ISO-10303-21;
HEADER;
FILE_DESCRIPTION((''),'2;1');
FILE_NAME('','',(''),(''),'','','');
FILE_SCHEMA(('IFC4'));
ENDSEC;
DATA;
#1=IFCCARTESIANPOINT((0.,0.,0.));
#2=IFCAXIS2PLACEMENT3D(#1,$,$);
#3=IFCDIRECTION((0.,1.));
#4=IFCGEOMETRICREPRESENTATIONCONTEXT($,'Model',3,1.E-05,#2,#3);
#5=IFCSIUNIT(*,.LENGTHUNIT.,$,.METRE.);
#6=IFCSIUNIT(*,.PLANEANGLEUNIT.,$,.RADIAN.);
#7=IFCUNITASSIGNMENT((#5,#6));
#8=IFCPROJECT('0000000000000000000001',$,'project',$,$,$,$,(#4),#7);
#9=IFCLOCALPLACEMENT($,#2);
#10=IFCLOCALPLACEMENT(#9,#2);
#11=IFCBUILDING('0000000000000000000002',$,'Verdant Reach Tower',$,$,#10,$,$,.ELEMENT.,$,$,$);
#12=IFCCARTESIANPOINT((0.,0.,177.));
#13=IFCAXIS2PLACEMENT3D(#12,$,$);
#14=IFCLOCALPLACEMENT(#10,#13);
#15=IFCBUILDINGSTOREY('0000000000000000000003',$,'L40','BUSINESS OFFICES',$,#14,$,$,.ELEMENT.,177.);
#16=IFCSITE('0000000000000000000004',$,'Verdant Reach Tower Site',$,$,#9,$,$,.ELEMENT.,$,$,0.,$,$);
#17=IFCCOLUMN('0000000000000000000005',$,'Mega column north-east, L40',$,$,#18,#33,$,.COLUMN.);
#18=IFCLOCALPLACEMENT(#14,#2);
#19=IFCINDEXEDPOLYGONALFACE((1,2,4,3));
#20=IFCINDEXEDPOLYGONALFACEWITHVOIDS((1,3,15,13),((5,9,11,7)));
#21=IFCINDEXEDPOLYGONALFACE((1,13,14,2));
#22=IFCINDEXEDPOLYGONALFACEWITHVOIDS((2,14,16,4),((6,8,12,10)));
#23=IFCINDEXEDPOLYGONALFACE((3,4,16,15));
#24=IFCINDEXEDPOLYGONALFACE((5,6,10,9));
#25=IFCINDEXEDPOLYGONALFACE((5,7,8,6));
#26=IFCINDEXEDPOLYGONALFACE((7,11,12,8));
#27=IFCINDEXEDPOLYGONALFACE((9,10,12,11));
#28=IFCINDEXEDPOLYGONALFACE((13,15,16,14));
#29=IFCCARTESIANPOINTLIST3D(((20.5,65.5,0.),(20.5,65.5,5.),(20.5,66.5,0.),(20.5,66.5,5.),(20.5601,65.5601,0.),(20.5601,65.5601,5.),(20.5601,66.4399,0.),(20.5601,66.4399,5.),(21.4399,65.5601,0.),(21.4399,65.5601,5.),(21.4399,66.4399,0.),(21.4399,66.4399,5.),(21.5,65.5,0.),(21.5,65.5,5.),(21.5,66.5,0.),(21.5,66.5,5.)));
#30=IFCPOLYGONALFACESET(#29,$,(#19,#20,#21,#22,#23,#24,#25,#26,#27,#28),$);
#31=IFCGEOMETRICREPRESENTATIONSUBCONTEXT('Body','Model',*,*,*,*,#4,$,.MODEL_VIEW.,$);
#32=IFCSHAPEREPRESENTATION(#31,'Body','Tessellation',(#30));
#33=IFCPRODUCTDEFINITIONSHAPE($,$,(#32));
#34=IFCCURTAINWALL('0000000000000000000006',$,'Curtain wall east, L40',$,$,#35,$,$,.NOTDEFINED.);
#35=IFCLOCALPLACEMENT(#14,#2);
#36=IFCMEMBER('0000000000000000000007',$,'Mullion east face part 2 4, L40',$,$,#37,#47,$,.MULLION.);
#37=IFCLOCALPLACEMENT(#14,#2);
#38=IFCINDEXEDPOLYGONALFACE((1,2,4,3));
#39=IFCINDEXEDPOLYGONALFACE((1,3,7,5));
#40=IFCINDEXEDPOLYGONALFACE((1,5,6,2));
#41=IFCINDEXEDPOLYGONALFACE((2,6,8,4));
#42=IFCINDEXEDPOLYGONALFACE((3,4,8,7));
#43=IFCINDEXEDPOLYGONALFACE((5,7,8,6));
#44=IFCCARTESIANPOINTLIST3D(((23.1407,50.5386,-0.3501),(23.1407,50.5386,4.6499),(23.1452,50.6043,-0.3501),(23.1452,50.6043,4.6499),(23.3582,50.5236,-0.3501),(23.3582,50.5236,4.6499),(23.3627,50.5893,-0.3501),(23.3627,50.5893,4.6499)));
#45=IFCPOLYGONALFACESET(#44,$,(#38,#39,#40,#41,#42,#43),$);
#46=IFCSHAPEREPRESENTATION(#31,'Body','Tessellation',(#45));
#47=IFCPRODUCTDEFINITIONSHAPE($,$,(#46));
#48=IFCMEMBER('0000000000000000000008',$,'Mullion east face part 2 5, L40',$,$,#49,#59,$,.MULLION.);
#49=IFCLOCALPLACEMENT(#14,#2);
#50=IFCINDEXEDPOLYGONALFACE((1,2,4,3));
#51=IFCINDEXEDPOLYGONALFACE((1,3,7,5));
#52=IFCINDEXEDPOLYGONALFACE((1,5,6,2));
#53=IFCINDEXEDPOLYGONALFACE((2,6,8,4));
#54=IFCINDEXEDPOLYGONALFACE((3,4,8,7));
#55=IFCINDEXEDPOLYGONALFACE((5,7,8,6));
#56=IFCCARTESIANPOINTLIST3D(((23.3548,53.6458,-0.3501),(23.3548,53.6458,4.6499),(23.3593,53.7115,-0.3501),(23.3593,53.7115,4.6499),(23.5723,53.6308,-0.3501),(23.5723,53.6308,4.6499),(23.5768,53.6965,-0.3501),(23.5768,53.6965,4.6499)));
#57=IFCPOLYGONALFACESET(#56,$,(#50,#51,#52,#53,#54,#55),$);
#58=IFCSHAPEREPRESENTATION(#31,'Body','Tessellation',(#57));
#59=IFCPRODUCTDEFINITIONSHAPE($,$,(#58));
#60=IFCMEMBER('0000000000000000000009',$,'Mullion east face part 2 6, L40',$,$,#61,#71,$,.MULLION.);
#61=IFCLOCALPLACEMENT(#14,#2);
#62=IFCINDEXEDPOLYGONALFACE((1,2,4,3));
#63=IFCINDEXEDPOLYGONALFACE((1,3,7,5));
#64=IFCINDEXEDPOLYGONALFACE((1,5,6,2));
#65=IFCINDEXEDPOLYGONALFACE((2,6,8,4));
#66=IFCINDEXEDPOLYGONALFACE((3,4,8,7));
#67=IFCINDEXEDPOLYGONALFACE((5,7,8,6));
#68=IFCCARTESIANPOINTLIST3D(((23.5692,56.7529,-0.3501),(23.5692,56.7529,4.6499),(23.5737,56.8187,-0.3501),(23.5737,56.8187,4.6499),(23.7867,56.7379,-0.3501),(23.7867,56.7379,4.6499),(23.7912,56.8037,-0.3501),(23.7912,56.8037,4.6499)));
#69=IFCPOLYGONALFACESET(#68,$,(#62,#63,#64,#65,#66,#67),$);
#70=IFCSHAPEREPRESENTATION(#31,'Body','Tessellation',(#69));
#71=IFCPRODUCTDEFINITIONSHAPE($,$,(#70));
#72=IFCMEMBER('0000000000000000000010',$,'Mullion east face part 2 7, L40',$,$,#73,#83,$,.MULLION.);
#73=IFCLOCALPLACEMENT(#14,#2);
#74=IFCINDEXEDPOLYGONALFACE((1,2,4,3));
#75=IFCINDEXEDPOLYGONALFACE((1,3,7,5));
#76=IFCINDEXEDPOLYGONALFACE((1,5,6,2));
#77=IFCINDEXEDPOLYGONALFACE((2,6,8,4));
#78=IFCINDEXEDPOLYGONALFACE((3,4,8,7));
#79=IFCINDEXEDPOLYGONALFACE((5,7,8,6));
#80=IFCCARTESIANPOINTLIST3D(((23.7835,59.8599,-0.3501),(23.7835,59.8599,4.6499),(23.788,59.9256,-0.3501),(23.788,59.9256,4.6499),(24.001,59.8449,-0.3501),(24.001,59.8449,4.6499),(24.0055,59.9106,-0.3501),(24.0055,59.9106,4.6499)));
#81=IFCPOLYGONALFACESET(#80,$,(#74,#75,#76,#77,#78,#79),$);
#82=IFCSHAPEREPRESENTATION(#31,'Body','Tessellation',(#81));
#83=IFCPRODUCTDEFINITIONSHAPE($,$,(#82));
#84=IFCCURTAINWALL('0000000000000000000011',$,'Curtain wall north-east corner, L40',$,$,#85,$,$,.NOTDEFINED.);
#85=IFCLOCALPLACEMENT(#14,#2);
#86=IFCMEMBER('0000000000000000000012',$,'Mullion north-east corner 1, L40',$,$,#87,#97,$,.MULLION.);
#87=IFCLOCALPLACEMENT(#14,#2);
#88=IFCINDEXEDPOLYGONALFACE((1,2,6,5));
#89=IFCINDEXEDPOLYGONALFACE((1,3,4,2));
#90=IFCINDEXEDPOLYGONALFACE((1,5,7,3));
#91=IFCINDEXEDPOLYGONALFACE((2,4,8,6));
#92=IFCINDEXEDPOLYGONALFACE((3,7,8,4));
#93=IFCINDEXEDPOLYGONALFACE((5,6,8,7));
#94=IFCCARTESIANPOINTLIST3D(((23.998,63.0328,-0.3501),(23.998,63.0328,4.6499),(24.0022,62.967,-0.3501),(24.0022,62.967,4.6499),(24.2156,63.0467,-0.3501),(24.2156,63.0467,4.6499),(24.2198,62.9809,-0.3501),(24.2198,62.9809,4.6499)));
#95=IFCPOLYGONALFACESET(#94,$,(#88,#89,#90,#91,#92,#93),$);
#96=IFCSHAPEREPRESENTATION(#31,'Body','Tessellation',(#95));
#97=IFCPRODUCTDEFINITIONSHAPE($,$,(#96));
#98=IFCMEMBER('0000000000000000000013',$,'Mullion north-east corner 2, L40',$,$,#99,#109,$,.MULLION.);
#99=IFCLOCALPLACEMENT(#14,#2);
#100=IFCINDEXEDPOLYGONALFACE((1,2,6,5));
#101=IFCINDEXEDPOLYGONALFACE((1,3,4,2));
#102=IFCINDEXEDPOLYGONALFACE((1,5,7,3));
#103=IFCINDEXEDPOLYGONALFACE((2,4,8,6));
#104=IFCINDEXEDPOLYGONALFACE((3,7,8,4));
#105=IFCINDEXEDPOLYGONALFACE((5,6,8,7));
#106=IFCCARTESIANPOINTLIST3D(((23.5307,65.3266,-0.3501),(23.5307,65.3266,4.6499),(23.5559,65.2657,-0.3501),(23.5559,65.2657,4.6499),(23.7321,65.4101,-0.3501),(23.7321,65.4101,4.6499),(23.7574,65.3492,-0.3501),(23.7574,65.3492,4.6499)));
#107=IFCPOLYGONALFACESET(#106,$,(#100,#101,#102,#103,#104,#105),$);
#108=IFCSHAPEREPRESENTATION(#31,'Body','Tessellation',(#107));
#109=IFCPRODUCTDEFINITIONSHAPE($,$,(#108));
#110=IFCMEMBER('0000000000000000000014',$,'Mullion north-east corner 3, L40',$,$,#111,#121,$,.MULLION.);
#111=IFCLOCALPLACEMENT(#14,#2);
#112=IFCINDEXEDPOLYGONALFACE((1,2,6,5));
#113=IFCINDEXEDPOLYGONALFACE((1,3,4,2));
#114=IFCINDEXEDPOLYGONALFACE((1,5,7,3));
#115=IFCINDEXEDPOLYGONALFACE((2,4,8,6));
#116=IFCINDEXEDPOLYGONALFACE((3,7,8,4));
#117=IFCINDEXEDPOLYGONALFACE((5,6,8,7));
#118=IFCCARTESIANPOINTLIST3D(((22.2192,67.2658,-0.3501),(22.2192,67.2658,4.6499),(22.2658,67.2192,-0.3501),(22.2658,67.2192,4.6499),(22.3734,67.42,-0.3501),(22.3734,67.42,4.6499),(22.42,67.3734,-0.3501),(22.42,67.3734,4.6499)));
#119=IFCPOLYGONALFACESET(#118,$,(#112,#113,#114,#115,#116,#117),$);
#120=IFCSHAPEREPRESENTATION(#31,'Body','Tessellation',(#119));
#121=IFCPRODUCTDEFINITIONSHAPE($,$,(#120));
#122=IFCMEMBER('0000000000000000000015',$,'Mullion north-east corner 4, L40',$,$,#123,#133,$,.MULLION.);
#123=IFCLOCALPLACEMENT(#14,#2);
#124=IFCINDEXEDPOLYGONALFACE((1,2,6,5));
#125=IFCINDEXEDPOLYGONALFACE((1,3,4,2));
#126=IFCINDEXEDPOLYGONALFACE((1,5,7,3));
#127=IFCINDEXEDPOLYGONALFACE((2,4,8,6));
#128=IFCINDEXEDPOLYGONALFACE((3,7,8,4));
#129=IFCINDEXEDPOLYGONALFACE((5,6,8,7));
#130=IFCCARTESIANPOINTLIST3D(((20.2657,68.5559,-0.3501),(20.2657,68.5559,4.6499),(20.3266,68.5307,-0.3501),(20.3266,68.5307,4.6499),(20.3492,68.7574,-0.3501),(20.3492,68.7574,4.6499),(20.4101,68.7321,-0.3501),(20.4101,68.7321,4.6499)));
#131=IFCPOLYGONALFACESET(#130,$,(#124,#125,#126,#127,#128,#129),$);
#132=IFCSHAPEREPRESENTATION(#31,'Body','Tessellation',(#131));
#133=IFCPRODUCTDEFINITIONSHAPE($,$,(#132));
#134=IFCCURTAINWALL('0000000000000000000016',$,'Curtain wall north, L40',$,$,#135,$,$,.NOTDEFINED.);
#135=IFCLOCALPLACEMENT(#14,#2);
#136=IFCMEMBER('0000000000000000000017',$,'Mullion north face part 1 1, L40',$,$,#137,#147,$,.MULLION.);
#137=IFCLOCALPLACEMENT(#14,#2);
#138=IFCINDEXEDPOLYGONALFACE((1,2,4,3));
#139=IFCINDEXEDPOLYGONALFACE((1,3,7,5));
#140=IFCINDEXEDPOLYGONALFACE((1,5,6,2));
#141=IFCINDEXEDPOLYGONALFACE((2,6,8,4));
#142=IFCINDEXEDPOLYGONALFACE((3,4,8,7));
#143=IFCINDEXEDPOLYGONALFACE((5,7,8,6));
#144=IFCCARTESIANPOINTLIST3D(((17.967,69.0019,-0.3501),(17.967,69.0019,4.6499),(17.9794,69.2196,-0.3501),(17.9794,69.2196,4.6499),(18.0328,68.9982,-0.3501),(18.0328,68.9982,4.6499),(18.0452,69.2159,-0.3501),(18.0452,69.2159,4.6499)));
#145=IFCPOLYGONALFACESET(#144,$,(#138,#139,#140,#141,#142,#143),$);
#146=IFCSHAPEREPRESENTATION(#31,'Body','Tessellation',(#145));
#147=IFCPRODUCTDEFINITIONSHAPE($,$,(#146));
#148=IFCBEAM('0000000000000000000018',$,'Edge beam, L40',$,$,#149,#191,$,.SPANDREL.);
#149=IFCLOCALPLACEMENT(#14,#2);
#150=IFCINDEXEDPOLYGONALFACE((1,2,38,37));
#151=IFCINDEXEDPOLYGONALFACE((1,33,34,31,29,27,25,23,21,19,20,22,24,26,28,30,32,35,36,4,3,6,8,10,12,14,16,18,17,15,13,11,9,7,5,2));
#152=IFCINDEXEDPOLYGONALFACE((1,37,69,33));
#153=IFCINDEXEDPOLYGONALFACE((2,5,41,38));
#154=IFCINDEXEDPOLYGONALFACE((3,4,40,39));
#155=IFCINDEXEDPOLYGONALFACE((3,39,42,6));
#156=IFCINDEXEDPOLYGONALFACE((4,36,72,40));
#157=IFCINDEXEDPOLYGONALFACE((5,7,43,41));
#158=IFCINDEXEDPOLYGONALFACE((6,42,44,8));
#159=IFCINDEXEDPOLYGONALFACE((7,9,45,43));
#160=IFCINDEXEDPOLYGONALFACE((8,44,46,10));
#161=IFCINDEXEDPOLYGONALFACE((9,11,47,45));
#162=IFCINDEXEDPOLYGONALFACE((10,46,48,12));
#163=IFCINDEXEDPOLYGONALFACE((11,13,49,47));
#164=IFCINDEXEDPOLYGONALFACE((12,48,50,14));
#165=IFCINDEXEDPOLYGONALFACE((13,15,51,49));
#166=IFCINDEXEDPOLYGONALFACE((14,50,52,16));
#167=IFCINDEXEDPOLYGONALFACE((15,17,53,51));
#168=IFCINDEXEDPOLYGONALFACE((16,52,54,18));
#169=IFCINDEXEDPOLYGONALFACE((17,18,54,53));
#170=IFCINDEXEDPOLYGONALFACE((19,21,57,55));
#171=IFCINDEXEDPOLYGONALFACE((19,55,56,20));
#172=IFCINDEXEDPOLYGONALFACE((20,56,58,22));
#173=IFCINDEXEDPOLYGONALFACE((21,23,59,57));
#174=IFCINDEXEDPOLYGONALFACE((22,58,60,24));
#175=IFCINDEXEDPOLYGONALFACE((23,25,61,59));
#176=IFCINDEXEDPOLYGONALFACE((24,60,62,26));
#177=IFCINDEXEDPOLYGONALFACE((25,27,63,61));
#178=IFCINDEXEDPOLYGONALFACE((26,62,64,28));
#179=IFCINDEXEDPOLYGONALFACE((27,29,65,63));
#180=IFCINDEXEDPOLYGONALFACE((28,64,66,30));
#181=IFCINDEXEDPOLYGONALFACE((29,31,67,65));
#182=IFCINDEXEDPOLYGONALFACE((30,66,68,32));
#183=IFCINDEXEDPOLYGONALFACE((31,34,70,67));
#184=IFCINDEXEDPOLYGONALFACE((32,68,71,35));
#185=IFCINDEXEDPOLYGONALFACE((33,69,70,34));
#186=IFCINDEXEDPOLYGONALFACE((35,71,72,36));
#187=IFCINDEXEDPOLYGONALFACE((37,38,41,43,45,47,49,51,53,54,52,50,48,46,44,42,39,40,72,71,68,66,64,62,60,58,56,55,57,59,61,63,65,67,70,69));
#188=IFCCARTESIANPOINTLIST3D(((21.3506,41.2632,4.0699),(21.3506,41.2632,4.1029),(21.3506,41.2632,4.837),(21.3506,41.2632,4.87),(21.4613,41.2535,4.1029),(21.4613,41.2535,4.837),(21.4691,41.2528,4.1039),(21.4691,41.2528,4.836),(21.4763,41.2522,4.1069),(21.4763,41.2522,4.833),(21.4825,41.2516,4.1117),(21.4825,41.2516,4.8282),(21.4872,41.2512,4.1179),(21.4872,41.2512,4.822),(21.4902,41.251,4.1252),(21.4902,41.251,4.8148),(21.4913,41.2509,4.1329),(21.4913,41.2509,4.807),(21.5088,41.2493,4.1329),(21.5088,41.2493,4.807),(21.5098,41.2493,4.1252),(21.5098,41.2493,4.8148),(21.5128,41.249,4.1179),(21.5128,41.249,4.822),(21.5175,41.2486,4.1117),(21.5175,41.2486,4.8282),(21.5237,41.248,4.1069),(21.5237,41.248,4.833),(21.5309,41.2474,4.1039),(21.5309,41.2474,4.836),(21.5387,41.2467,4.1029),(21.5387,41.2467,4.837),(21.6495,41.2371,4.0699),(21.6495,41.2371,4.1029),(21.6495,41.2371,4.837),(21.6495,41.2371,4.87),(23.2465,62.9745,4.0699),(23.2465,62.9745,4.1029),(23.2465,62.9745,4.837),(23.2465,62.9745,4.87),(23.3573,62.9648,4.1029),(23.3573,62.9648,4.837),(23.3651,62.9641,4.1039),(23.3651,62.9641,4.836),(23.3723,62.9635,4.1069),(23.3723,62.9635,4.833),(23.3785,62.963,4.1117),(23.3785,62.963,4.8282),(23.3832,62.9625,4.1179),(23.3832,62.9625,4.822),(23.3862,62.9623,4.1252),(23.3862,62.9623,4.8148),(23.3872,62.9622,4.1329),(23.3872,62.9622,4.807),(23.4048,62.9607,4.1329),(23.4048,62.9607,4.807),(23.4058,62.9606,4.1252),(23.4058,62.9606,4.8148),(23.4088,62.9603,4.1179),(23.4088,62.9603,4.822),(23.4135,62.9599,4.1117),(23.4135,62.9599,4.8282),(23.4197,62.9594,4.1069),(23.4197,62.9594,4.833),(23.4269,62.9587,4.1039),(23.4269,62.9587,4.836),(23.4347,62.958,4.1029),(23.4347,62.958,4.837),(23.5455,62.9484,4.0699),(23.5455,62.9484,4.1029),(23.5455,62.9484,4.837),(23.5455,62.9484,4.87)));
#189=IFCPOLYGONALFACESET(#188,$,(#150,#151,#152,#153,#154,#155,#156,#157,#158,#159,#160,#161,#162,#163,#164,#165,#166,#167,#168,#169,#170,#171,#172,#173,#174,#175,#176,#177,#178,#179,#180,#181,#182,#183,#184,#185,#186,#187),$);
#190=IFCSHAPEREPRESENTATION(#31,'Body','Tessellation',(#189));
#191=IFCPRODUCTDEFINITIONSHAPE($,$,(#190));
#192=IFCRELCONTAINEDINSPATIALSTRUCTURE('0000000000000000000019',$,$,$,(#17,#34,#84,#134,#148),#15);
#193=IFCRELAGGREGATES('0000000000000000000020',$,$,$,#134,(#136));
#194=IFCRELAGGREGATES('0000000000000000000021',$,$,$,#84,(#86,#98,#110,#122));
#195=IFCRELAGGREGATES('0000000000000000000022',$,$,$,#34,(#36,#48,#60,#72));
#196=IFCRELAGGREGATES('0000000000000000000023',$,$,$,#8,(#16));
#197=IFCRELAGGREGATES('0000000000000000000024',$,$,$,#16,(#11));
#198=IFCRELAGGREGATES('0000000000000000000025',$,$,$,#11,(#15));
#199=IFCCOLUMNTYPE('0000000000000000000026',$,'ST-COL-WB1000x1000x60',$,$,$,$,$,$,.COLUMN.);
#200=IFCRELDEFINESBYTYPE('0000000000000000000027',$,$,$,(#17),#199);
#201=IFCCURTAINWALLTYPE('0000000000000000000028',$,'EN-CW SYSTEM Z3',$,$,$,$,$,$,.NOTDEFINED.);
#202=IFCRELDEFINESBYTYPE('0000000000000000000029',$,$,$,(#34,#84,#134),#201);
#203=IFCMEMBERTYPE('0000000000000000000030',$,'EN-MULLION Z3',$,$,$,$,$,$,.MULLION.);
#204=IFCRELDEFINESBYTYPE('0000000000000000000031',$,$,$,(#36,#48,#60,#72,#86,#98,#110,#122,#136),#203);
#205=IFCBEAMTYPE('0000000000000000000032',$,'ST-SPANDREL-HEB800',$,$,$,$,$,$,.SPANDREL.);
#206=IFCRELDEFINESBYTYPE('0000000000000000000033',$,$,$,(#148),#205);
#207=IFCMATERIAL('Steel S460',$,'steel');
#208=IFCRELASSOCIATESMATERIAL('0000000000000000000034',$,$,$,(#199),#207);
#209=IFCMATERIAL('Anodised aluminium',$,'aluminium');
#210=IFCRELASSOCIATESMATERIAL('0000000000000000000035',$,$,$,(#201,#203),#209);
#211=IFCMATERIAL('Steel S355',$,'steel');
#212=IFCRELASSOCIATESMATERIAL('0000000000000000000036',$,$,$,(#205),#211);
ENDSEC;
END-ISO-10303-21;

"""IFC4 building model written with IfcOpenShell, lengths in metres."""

from ifc_helpers import new_model, si_unit, direction, frame, origin, origin_2d, place, context, subcontext, project, spatial, rectangle, hollow_rectangle, i_section, extrude, material, material_profile, profile_set, type_object, element, aggregate, save


model = new_model("IFC4")

# Units and contexts
model_context = context("Model", 3, precision=1e-05, world=origin(), true_north=direction((0.0, 1.0)))
body_context = subcontext(model_context, "Body", "Model", "MODEL_VIEW")
ifc_project = project(units=[si_unit("LENGTHUNIT", "METRE"), si_unit("PLANEANGLEUNIT", "RADIAN")], contexts=[model_context])

# Site, building, storey
site_placement = place(None, origin())
site = spatial("IfcSite", under=ifc_project, at=site_placement, Name="Verdant Reach Tower Site", CompositionType="ELEMENT", RefElevation=0.0)
building_placement = place(site_placement, origin())
building = spatial("IfcBuilding", under=site, at=building_placement, Name="Verdant Reach Tower", CompositionType="ELEMENT")
storey_placement = place(building_placement, frame((0.0, 0.0, 177.0)))
storey = spatial("IfcBuildingStorey", under=building, at=storey_placement, Name="L40", Description="BUSINESS OFFICES", CompositionType="ELEMENT", Elevation=177.0)

# Column
ifc_material_1 = material(Name="Steel S460", Category="steel")
ifc_material_profile_1 = material_profile(ifc_material_1, hollow_rectangle(XDim=1.0, YDim=1.0, WallThickness=0.0601, at=origin_2d()), Name="WB 1000x1000x60")
ifc_profile_set_1 = profile_set([ifc_material_profile_1], Name="Steel S460")
column_type = type_object("IfcColumnType", Name="ST-COL-WB1000x1000x60", PredefinedType="COLUMN", material=ifc_profile_set_1)
column_placement = place(storey_placement, frame((21.0, 66.0, 0.0), z_axis=(0.0, 0.0, 1.0), x_axis=(1.0, 0.0, 0.0)))
element("IfcColumn", 1, at=column_placement, inside=storey, type_object=column_type, Name="Mega column north-east, L40", PredefinedType="COLUMN", context=body_context, shape_type="SweptSolid", body=[
    extrude(hollow_rectangle(XDim=1.0, YDim=1.0, WallThickness=0.0601, at=origin_2d()), origin(), (0.0, 0.0, 1.0), 5.0),
])

# Curtain walls, members
ifc_material_2 = material(Name="Anodised aluminium", Category="aluminium")
curtain_wall_type = type_object("IfcCurtainWallType", Name="EN-CW SYSTEM Z3", PredefinedType="NOTDEFINED", material=ifc_material_2)
curtain_wall_1_placement = place(storey_placement, origin())
curtain_wall_1 = element("IfcCurtainWall", 2, at=curtain_wall_1_placement, inside=storey, type_object=curtain_wall_type, Name="Curtain wall east, L40", PredefinedType="NOTDEFINED")
ifc_material_profile_2 = material_profile(ifc_material_2, rectangle(XDim=0.218, YDim=0.0659, at=origin_2d()), Name="Mullion 66x218")
ifc_profile_set_2 = profile_set([ifc_material_profile_2], Name="Anodised aluminium")
member_type = type_object("IfcMemberType", Name="EN-MULLION Z3", PredefinedType="MULLION", material=ifc_profile_set_2)
member_1_placement = place(storey_placement, frame((23.2517, 50.564, -0.3501), z_axis=(0.0, 0.0, 1.0), x_axis=(0.99763, -0.068802, 0.0)))
member_1 = element("IfcMember", 3, at=member_1_placement, type_object=member_type, Name="Mullion east face part 2 4, L40", PredefinedType="MULLION", context=body_context, shape_type="SweptSolid", body=[
    extrude(rectangle(XDim=0.218, YDim=0.0659, at=origin_2d()), origin(), (0.0, 0.0, 1.0), 5.0),
])
member_2_placement = place(storey_placement, frame((23.4658, 53.6711, -0.3501), z_axis=(0.0, 0.0, 1.0), x_axis=(0.99763, -0.068802, 0.0)))
member_2 = element("IfcMember", 4, at=member_2_placement, type_object=member_type, Name="Mullion east face part 2 5, L40", PredefinedType="MULLION", context=body_context, shape_type="SweptSolid", body=[
    extrude(rectangle(XDim=0.218, YDim=0.0659, at=origin_2d()), origin(), (0.0, 0.0, 1.0), 5.0),
])
member_3_placement = place(storey_placement, frame((23.6802, 56.7783, -0.3501), z_axis=(0.0, 0.0, 1.0), x_axis=(0.99763, -0.068802, 0.0)))
member_3 = element("IfcMember", 5, at=member_3_placement, type_object=member_type, Name="Mullion east face part 2 6, L40", PredefinedType="MULLION", context=body_context, shape_type="SweptSolid", body=[
    extrude(rectangle(XDim=0.218, YDim=0.0659, at=origin_2d()), origin(), (0.0, 0.0, 1.0), 5.0),
])
member_4_placement = place(storey_placement, frame((23.8945, 59.8853, -0.3501), z_axis=(0.0, 0.0, 1.0), x_axis=(0.99763, -0.068802, 0.0)))
member_4 = element("IfcMember", 6, at=member_4_placement, type_object=member_type, Name="Mullion east face part 2 7, L40", PredefinedType="MULLION", context=body_context, shape_type="SweptSolid", body=[
    extrude(rectangle(XDim=0.218, YDim=0.0659, at=origin_2d()), origin(), (0.0, 0.0, 1.0), 5.0),
])
curtain_wall_2_placement = place(storey_placement, origin())
curtain_wall_2 = element("IfcCurtainWall", 7, at=curtain_wall_2_placement, inside=storey, type_object=curtain_wall_type, Name="Curtain wall north-east corner, L40", PredefinedType="NOTDEFINED")
member_5_placement = place(storey_placement, frame((24.1089, 63.0068, -0.3501), z_axis=(0.0, 0.0, 1.0), x_axis=(0.997969, 0.063699, 0.0)))
member_5 = element("IfcMember", 8, at=member_5_placement, type_object=member_type, Name="Mullion north-east corner 1, L40", PredefinedType="MULLION", context=body_context, shape_type="SweptSolid", body=[
    extrude(rectangle(XDim=0.218, YDim=0.0659, at=origin_2d()), origin(), (0.0, 0.0, 1.0), 5.0),
])
member_6_placement = place(storey_placement, frame((23.644, 65.3379, -0.3501), z_axis=(0.0, 0.0, 1.0), x_axis=(0.923875, 0.382694, 0.0)))
member_6 = element("IfcMember", 9, at=member_6_placement, type_object=member_type, Name="Mullion north-east corner 2, L40", PredefinedType="MULLION", context=body_context, shape_type="SweptSolid", body=[
    extrude(rectangle(XDim=0.218, YDim=0.0659, at=origin_2d()), origin(), (0.0, 0.0, 1.0), 5.0),
])
member_7_placement = place(storey_placement, frame((22.3196, 67.3196, -0.3501), z_axis=(0.0, 0.0, 1.0), x_axis=(0.707107, 0.707107, 0.0)))
member_7 = element("IfcMember", 10, at=member_7_placement, type_object=member_type, Name="Mullion north-east corner 3, L40", PredefinedType="MULLION", context=body_context, shape_type="SweptSolid", body=[
    extrude(rectangle(XDim=0.218, YDim=0.0659, at=origin_2d()), origin(), (0.0, 0.0, 1.0), 5.0),
])
member_8_placement = place(storey_placement, frame((20.3379, 68.644, -0.3501), z_axis=(0.0, 0.0, 1.0), x_axis=(0.382694, 0.923875, 0.0)))
member_8 = element("IfcMember", 11, at=member_8_placement, type_object=member_type, Name="Mullion north-east corner 4, L40", PredefinedType="MULLION", context=body_context, shape_type="SweptSolid", body=[
    extrude(rectangle(XDim=0.218, YDim=0.0659, at=origin_2d()), origin(), (0.0, 0.0, 1.0), 5.0),
])

# Curtain wall, member
curtain_wall_3_placement = place(storey_placement, origin())
curtain_wall_3 = element("IfcCurtainWall", 12, at=curtain_wall_3_placement, inside=storey, type_object=curtain_wall_type, Name="Curtain wall north, L40", PredefinedType="NOTDEFINED")
member_9_placement = place(storey_placement, frame((18.0061, 69.1089, -0.3501), z_axis=(0.0, 0.0, 1.0), x_axis=(0.056569, 0.998399, 0.0)))
member_9 = element("IfcMember", 13, at=member_9_placement, type_object=member_type, Name="Mullion north face part 1 1, L40", PredefinedType="MULLION", context=body_context, shape_type="SweptSolid", body=[
    extrude(rectangle(XDim=0.218, YDim=0.0659, at=origin_2d()), origin(), (0.0, 0.0, 1.0), 5.0),
])
aggregate(curtain_wall_3, [member_9])

# Beam
ifc_material_3 = material(Name="Steel S355", Category="steel")
ifc_material_profile_3 = material_profile(ifc_material_3, i_section(OverallWidth=0.3, OverallDepth=0.8, WebThickness=0.0176, FlangeThickness=0.033, FilletRadius=0.03, at=origin_2d()), Name="HEB 800")
ifc_profile_set_3 = profile_set([ifc_material_profile_3], Name="Steel S355")
beam_type_1 = type_object("IfcBeamType", Name="ST-SPANDREL-HEB800", PredefinedType="SPANDREL", material=ifc_profile_set_3)
beam_1_placement = place(storey_placement, frame((23.396, 62.9614, 4.47), z_axis=(-0.086996, -0.996209, 0.0), x_axis=(0.996209, -0.086996, 0.0)))
element("IfcBeam", 14, at=beam_1_placement, inside=storey, type_object=beam_type_1, Name="Edge beam, L40", PredefinedType="SPANDREL", context=body_context, shape_type="SweptSolid", body=[
    extrude(i_section(OverallWidth=0.3, OverallDepth=0.8, WebThickness=0.0176, FlangeThickness=0.033, FilletRadius=0.03, at=origin_2d()), origin(), (0.0, 0.0, 1.0), 21.7939),
])

aggregate(curtain_wall_2, [member_5, member_6, member_7, member_8])
aggregate(curtain_wall_1, [member_1, member_2, member_3, member_4])

save(model, "model.ifc")
